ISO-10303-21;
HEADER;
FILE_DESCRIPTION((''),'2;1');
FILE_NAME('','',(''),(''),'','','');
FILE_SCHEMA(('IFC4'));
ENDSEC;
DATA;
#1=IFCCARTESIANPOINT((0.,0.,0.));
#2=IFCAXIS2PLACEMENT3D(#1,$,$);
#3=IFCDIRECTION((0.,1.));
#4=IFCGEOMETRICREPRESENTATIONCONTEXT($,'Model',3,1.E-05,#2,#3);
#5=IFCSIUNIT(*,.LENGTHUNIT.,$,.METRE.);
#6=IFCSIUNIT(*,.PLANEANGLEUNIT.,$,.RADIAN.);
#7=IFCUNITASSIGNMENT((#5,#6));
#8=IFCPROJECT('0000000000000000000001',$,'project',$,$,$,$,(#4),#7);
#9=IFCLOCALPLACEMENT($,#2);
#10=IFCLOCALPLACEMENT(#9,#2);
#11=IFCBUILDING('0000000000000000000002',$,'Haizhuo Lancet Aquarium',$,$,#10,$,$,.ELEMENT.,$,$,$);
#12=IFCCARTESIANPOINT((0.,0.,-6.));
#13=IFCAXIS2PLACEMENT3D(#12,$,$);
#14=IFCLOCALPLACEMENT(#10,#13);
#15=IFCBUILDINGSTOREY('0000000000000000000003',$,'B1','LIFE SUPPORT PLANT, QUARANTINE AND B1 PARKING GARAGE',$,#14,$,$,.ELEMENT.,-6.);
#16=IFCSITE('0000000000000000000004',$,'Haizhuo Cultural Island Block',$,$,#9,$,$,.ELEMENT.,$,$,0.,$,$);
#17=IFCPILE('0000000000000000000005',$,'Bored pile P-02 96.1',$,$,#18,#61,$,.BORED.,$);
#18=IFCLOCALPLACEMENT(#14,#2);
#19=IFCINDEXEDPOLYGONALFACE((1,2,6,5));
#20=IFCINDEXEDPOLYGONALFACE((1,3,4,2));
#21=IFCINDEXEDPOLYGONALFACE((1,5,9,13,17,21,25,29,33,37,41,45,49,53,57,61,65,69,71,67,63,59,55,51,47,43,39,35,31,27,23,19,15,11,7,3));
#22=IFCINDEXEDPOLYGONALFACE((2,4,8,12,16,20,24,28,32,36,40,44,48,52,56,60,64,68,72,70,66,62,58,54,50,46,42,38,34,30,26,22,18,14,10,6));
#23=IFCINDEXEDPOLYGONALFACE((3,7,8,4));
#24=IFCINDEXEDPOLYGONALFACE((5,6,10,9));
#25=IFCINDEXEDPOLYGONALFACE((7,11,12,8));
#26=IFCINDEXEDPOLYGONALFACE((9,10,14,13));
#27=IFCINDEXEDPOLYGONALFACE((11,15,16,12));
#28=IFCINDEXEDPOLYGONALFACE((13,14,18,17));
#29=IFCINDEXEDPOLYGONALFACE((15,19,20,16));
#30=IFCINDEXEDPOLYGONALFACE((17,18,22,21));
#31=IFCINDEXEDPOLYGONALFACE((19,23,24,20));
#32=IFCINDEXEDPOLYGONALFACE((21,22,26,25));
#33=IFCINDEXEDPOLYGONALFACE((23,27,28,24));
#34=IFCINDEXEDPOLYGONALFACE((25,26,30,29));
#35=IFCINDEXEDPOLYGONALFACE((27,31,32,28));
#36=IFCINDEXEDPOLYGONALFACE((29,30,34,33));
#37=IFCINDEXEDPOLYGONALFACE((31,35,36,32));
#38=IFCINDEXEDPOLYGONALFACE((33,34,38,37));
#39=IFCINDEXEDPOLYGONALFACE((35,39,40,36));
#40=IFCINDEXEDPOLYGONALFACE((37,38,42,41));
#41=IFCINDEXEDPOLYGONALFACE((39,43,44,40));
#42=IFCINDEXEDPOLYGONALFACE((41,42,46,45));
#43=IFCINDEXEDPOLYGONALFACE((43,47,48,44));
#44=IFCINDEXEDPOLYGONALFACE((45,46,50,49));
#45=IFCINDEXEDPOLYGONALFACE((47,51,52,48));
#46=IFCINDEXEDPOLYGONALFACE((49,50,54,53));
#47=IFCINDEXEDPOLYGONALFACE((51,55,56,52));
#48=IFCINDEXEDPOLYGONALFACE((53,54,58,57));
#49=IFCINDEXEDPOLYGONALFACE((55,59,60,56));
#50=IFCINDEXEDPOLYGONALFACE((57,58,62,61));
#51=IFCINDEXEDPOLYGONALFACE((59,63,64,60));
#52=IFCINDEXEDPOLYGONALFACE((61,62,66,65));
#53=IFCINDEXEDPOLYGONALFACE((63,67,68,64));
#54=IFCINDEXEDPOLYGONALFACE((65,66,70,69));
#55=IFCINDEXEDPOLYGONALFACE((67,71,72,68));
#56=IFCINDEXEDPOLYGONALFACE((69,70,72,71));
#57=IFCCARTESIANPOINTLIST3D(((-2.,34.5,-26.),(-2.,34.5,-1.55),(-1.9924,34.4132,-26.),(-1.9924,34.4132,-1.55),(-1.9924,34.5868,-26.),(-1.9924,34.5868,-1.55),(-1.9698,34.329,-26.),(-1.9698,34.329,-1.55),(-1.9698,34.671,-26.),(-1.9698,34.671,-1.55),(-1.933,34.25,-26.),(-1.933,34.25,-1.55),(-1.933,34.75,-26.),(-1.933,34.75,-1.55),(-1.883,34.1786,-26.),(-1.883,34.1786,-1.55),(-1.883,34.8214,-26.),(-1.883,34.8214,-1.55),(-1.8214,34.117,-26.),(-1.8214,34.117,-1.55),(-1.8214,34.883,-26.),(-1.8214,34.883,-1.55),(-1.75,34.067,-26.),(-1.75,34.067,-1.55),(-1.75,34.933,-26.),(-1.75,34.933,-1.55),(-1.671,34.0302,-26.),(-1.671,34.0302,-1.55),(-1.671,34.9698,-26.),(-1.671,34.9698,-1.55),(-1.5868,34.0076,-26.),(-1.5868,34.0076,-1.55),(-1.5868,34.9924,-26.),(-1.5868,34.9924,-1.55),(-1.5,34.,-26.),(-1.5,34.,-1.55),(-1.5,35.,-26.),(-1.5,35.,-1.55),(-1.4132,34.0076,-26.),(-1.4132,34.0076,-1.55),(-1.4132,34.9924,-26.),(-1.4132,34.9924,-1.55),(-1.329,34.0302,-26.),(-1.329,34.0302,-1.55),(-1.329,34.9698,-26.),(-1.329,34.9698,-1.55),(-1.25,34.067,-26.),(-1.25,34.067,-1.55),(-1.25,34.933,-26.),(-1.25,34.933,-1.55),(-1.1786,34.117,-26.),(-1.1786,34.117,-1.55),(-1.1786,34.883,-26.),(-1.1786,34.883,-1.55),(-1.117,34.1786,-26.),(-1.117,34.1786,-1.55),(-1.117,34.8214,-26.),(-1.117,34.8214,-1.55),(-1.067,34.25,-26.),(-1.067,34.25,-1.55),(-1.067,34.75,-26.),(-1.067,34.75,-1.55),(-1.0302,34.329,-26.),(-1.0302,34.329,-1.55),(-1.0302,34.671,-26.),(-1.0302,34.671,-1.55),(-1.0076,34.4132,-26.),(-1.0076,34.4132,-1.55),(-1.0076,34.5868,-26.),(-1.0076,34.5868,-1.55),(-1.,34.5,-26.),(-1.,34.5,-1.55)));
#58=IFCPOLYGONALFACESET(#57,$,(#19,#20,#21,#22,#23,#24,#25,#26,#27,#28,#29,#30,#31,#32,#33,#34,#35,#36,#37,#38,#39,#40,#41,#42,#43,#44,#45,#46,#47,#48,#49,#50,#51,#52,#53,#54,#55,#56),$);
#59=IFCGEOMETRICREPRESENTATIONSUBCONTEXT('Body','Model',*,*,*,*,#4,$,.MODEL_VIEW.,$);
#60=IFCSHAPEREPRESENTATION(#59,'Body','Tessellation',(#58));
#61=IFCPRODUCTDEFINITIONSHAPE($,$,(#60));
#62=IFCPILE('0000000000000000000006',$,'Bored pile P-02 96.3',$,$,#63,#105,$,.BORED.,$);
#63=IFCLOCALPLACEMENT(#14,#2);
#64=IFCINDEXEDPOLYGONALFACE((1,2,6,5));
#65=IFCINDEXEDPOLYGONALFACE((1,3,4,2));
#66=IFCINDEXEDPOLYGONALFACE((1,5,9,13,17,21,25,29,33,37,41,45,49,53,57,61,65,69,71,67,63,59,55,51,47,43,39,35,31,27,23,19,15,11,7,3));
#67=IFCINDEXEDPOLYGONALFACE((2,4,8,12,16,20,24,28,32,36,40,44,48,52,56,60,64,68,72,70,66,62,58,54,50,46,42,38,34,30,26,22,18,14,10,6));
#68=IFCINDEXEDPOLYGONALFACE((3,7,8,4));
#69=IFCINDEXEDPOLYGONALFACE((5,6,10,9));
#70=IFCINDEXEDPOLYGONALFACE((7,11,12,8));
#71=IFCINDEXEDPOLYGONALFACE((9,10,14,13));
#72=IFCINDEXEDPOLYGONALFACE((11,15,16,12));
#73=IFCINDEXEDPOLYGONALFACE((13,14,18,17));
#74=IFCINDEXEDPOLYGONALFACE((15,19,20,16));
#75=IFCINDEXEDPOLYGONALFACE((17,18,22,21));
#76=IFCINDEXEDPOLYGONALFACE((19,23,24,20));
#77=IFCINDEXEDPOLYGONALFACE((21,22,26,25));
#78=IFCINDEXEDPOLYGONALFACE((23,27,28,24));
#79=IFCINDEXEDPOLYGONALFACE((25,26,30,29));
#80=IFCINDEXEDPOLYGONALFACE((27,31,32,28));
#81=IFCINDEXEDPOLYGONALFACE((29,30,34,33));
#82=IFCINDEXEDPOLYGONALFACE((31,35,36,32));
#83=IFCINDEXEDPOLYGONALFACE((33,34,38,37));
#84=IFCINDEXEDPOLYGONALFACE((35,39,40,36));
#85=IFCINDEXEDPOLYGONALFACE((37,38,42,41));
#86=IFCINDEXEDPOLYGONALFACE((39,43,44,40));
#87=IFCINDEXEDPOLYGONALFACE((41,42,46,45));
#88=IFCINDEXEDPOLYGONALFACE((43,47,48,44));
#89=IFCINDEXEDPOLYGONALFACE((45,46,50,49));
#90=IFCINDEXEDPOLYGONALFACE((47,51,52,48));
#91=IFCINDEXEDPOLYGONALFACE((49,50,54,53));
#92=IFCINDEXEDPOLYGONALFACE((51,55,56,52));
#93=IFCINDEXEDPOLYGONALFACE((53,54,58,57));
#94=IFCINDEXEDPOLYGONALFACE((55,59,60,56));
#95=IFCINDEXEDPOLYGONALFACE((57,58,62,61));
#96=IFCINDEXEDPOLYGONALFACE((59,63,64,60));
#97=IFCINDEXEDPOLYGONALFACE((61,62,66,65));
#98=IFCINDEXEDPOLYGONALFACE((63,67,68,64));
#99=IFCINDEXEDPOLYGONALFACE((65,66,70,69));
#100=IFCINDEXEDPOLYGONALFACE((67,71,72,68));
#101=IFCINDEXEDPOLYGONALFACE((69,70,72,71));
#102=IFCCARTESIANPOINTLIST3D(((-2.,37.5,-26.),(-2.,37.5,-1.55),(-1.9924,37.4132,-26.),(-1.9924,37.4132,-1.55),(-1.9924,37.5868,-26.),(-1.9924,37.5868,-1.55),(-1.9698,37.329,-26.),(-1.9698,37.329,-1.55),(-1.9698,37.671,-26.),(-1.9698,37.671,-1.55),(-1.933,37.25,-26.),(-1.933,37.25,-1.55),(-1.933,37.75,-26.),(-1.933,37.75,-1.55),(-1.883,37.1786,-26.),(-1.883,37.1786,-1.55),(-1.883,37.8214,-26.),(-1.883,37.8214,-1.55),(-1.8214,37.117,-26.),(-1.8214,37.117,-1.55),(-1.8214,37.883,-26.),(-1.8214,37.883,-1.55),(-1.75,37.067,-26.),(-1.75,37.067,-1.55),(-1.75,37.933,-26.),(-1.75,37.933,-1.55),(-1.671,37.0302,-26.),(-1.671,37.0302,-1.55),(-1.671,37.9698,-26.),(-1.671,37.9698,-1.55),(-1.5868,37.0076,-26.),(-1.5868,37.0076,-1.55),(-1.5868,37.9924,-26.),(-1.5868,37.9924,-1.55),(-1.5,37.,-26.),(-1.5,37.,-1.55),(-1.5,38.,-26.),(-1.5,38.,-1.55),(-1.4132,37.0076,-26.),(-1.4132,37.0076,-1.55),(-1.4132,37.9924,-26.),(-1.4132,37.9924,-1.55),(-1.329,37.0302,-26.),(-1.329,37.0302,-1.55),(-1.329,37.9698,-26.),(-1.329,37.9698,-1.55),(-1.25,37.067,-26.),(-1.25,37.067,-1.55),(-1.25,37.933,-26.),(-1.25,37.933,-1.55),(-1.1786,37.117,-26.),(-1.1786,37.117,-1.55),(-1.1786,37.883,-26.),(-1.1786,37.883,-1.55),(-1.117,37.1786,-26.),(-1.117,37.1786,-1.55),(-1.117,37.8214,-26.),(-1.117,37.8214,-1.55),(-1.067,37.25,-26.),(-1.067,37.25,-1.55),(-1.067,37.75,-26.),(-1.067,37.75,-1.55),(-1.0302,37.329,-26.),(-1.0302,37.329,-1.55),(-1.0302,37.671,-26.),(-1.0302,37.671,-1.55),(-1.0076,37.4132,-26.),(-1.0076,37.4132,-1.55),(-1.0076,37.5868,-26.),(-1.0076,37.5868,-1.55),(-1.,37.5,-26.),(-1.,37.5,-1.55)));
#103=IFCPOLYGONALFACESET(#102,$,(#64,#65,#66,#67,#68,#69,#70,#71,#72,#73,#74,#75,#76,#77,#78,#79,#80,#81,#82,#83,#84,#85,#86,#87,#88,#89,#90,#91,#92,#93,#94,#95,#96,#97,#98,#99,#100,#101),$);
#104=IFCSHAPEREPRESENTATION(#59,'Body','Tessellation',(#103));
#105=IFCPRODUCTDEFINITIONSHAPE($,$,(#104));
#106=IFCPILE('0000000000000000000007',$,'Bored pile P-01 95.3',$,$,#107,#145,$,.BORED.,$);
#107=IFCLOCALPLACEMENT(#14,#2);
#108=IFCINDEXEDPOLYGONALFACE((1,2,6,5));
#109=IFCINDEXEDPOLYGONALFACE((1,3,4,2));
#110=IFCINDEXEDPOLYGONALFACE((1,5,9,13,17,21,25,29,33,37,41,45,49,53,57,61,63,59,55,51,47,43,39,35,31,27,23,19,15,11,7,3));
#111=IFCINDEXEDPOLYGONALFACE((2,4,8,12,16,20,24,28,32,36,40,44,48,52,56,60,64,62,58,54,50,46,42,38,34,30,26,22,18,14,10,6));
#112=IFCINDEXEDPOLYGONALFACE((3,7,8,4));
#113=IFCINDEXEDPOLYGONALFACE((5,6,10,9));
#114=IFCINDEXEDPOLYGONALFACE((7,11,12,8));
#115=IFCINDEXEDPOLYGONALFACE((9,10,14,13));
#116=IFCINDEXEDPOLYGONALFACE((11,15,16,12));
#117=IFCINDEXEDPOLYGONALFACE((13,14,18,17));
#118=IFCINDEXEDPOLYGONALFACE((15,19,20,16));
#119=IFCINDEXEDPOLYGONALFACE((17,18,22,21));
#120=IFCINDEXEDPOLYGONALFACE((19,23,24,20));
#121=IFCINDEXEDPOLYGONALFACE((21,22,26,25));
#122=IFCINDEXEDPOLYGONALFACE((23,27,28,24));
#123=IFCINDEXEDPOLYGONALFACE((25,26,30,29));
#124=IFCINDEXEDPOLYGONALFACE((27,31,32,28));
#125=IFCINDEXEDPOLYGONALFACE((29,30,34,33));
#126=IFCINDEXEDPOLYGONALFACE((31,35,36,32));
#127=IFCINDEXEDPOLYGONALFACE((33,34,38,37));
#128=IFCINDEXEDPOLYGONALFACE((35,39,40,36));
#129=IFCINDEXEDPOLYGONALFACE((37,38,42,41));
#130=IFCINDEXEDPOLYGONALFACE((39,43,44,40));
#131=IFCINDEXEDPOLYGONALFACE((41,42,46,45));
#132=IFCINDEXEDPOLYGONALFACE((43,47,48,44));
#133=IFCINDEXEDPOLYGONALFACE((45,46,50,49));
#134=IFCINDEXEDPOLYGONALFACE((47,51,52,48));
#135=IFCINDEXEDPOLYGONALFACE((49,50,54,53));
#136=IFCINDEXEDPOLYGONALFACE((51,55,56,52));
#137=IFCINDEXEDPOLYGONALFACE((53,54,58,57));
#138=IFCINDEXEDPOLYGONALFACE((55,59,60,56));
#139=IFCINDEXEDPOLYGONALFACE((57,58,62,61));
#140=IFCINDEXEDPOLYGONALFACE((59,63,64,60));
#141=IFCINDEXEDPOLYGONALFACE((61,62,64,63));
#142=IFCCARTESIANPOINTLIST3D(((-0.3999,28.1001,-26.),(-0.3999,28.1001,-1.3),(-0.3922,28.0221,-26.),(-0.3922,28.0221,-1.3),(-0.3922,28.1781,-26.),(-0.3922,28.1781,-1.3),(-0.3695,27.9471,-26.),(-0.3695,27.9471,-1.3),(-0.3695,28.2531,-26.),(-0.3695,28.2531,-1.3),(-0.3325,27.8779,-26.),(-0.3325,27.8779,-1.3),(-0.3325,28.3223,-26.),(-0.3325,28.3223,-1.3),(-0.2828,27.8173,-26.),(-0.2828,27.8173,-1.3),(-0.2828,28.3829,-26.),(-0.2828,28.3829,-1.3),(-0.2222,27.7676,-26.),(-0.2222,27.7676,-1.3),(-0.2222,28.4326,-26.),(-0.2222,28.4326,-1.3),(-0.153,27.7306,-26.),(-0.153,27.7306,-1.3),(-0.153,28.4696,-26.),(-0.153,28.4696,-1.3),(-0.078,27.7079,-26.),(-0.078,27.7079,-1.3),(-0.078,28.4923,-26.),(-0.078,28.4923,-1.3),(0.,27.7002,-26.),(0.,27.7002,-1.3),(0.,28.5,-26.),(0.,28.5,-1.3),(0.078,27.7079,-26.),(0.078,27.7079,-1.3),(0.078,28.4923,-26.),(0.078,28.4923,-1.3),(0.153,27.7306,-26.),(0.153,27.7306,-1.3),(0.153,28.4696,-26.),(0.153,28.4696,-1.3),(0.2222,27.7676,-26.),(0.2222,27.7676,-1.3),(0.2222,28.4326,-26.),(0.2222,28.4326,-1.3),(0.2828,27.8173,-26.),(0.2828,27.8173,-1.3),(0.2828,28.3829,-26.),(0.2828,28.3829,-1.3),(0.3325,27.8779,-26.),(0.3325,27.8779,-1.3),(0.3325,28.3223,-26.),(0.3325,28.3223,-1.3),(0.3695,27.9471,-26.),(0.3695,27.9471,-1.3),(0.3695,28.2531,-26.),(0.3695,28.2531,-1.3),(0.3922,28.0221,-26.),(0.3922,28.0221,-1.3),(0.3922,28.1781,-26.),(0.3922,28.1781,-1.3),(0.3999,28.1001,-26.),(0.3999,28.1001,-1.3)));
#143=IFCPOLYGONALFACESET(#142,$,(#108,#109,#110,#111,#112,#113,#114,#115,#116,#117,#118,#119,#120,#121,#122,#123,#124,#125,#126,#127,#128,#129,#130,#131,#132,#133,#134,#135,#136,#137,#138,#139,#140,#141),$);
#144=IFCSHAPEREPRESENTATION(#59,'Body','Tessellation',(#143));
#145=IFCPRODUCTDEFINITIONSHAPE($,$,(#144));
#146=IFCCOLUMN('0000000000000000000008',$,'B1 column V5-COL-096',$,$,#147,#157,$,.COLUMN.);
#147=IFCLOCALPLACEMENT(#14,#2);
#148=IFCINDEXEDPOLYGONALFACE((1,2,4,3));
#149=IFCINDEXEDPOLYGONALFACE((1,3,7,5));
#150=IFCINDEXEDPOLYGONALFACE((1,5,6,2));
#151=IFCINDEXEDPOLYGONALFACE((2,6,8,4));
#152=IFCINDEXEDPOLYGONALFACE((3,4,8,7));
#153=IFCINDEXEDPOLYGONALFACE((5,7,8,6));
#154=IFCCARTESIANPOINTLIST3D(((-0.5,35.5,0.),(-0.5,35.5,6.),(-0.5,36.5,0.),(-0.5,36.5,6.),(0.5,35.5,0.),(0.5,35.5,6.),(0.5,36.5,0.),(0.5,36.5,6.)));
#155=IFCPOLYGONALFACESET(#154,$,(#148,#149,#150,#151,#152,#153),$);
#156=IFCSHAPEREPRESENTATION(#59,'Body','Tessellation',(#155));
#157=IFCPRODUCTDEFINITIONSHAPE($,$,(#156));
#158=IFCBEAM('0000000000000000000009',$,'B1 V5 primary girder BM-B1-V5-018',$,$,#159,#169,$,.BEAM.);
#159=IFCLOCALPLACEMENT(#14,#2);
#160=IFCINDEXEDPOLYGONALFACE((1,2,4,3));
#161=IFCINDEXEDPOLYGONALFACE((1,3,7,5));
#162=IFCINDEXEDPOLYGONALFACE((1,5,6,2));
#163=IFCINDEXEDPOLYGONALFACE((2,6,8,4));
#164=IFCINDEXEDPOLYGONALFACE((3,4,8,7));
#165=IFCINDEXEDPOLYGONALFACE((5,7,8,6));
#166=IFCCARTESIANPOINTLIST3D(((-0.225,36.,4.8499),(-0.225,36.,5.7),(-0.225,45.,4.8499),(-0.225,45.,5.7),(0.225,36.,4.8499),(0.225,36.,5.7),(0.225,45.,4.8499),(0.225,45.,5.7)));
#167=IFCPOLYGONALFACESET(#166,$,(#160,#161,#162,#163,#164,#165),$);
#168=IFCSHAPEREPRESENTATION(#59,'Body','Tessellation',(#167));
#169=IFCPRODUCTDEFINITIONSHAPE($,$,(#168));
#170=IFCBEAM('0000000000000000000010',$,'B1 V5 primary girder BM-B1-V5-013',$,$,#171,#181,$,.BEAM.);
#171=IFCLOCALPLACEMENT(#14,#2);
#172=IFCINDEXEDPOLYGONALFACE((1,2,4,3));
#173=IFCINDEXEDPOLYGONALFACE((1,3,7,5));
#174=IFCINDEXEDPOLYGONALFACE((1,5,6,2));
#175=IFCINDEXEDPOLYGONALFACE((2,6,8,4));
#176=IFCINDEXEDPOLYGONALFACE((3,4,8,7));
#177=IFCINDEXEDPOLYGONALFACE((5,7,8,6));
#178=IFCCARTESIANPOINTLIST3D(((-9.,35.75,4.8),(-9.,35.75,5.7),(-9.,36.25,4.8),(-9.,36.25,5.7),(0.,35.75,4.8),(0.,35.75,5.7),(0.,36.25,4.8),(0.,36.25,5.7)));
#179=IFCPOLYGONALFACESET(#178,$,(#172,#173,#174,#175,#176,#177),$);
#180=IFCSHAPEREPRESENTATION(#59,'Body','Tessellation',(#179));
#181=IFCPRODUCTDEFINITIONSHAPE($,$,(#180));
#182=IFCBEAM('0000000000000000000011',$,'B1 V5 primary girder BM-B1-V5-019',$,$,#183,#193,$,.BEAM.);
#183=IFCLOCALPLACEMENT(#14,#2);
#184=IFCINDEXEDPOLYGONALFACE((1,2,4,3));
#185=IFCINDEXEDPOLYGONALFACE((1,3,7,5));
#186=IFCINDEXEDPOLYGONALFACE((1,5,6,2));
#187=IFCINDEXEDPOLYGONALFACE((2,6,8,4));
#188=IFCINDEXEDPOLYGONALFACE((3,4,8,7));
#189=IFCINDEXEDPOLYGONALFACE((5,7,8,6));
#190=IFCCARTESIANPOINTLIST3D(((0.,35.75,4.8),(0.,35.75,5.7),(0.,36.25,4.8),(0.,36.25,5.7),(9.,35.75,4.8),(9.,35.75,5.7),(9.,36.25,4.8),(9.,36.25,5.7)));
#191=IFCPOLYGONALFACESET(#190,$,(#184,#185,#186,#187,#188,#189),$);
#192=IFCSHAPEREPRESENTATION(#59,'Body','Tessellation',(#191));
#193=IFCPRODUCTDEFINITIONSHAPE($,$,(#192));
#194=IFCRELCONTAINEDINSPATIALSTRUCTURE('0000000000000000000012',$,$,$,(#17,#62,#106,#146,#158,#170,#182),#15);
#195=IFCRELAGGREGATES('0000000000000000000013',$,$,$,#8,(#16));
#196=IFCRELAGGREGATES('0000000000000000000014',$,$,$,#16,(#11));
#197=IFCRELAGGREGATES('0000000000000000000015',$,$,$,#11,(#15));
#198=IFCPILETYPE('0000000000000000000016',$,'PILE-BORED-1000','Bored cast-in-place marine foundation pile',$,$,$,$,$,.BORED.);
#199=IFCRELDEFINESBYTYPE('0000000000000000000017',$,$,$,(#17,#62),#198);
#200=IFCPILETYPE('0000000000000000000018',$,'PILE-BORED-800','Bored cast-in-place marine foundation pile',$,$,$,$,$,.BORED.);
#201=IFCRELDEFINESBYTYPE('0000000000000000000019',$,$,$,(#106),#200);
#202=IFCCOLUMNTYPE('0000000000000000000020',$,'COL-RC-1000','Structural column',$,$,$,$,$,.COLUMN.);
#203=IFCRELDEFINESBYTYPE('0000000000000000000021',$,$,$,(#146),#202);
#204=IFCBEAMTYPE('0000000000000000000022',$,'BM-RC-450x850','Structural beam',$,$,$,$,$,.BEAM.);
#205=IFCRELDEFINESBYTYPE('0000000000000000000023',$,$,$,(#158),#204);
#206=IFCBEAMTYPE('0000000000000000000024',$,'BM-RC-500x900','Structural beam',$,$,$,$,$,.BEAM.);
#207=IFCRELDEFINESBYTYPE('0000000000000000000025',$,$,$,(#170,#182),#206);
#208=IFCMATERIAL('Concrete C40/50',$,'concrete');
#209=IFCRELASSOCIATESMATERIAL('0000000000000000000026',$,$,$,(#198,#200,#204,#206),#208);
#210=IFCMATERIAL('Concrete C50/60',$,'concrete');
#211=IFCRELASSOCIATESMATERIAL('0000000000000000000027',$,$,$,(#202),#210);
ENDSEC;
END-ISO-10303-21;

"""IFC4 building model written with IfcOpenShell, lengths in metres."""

from ifc_helpers import new_model, si_unit, direction, frame, origin, origin_2d, place, context, subcontext, project, spatial, rectangle, circle, extrude, material, material_profile, profile_set, type_object, element, save


model = new_model("IFC4")

# Units and contexts
model_context = context("Model", 3, precision=1e-05, world=origin(), true_north=direction((0.0, 1.0)))
body_context = subcontext(model_context, "Body", "Model", "MODEL_VIEW")
ifc_project = project(units=[si_unit("LENGTHUNIT", "METRE"), si_unit("PLANEANGLEUNIT", "RADIAN")], contexts=[model_context])

# Site, building, storey
site_placement = place(None, origin())
site = spatial("IfcSite", under=ifc_project, at=site_placement, Name="Haizhuo Cultural Island Block", CompositionType="ELEMENT", RefElevation=0.0)
building_placement = place(site_placement, origin())
building = spatial("IfcBuilding", under=site, at=building_placement, Name="Haizhuo Lancet Aquarium", CompositionType="ELEMENT")
storey_placement = place(building_placement, frame((0.0, 0.0, -6.0)))
storey = spatial("IfcBuildingStorey", under=building, at=storey_placement, Name="B1", Description="LIFE SUPPORT PLANT, QUARANTINE AND B1 PARKING GARAGE", CompositionType="ELEMENT", Elevation=-6.0)

# Shared definitions
ifc_material_1 = material(Name="Concrete C40/50", Category="concrete")

# Piles
ifc_material_profile_1 = material_profile(ifc_material_1, circle(Radius=0.5, at=origin_2d()), Name="PILE-1000")
ifc_profile_set_1 = profile_set([ifc_material_profile_1], Name="Concrete C40/50")
pile_type_1 = type_object("IfcPileType", Name="PILE-BORED-1000", Description="Bored cast-in-place marine foundation pile", PredefinedType="BORED", material=ifc_profile_set_1)
for number, where, z_axis, x_axis, name in (
    (1, (-1.5, 34.5, -1.55), (0.0, 0.0, -1.0), (1.0, 0.0, 0.0), "Bored pile P-02 96.1"),
    (2, (-1.5, 37.5, -1.55), (0.0, 0.0, -1.0), (1.0, 0.0, 0.0), "Bored pile P-02 96.3"),
):
    element("IfcPile", number, at=place(storey_placement, frame(where, z_axis=z_axis, x_axis=x_axis)), inside=storey, type_object=pile_type_1, Name=name, PredefinedType="BORED", context=body_context, shape_type="SweptSolid", body=[
        extrude(circle(Radius=0.5, at=origin_2d()), origin(), (0.0, 0.0, 1.0), 24.45),
    ])
ifc_material_profile_2 = material_profile(ifc_material_1, circle(Radius=0.3999, at=origin_2d()), Name="PILE-800")
ifc_profile_set_2 = profile_set([ifc_material_profile_2], Name="Concrete C40/50")
pile_type_2 = type_object("IfcPileType", Name="PILE-BORED-800", Description="Bored cast-in-place marine foundation pile", PredefinedType="BORED", material=ifc_profile_set_2)
pile_placement = place(storey_placement, frame((0.0, 28.1001, -1.3), z_axis=(0.0, 0.0, -1.0), x_axis=(1.0, 0.0, 0.0)))
element("IfcPile", 3, at=pile_placement, inside=storey, type_object=pile_type_2, Name="Bored pile P-01 95.3", PredefinedType="BORED", context=body_context, shape_type="SweptSolid", body=[
    extrude(circle(Radius=0.3999, at=origin_2d()), origin(), (0.0, 0.0, 1.0), 24.7),
])

# Column
ifc_material_2 = material(Name="Concrete C50/60", Category="concrete")
ifc_material_profile_3 = material_profile(ifc_material_2, rectangle(XDim=1.0, YDim=1.0, at=origin_2d()), Name="RC-COL 1000x1000")
ifc_profile_set_3 = profile_set([ifc_material_profile_3], Name="Concrete C50/60")
column_type = type_object("IfcColumnType", Name="COL-RC-1000", Description="Structural column", PredefinedType="COLUMN", material=ifc_profile_set_3)
column_placement = place(storey_placement, frame((0.0, 36.0, 0.0), z_axis=(0.0, 0.0, 1.0), x_axis=(1.0, 0.0, 0.0)))
element("IfcColumn", 4, at=column_placement, inside=storey, type_object=column_type, Name="B1 column V5-COL-096", PredefinedType="COLUMN", context=body_context, shape_type="SweptSolid", body=[
    extrude(rectangle(XDim=1.0, YDim=1.0, at=origin_2d()), origin(), (0.0, 0.0, 1.0), 6.0),
])

# Beams
ifc_material_profile_4 = material_profile(ifc_material_1, rectangle(XDim=0.45, YDim=0.8501, at=origin_2d()), Name="RC-BM 450x850")
ifc_profile_set_4 = profile_set([ifc_material_profile_4], Name="Concrete C40/50")
beam_type_1 = type_object("IfcBeamType", Name="BM-RC-450x850", Description="Structural beam", PredefinedType="BEAM", material=ifc_profile_set_4)
beam_1_placement = place(storey_placement, frame((0.0, 36.0, 5.2749), z_axis=(0.0, 1.0, 0.0), x_axis=(-1.0, 0.0, 0.0)))
element("IfcBeam", 5, at=beam_1_placement, inside=storey, type_object=beam_type_1, Name="B1 V5 primary girder BM-B1-V5-018", PredefinedType="BEAM", context=body_context, shape_type="SweptSolid", body=[
    extrude(rectangle(XDim=0.45, YDim=0.8501, at=origin_2d()), origin(), (0.0, 0.0, 1.0), 9.0),
])
ifc_material_profile_5 = material_profile(ifc_material_1, rectangle(XDim=0.5, YDim=0.8999, at=origin_2d()), Name="RC-BM 500x900")
ifc_profile_set_5 = profile_set([ifc_material_profile_5], Name="Concrete C40/50")
beam_type_2 = type_object("IfcBeamType", Name="BM-RC-500x900", Description="Structural beam", PredefinedType="BEAM", material=ifc_profile_set_5)
for number, where, z_axis, x_axis, name in (
    (6, (-9.0, 36.0, 5.25), (1.0, 0.0, 0.0), (0.0, 1.0, 0.0), "B1 V5 primary girder BM-B1-V5-013"),
    (7, (0.0, 36.0, 5.25), (1.0, 0.0, 0.0), (0.0, 1.0, 0.0), "B1 V5 primary girder BM-B1-V5-019"),
):
    element("IfcBeam", number, at=place(storey_placement, frame(where, z_axis=z_axis, x_axis=x_axis)), inside=storey, type_object=beam_type_2, Name=name, PredefinedType="BEAM", context=body_context, shape_type="SweptSolid", body=[
        extrude(rectangle(XDim=0.5, YDim=0.8999, at=origin_2d()), origin(), (0.0, 0.0, 1.0), 9.0),
    ])

save(model, "model.ifc")
